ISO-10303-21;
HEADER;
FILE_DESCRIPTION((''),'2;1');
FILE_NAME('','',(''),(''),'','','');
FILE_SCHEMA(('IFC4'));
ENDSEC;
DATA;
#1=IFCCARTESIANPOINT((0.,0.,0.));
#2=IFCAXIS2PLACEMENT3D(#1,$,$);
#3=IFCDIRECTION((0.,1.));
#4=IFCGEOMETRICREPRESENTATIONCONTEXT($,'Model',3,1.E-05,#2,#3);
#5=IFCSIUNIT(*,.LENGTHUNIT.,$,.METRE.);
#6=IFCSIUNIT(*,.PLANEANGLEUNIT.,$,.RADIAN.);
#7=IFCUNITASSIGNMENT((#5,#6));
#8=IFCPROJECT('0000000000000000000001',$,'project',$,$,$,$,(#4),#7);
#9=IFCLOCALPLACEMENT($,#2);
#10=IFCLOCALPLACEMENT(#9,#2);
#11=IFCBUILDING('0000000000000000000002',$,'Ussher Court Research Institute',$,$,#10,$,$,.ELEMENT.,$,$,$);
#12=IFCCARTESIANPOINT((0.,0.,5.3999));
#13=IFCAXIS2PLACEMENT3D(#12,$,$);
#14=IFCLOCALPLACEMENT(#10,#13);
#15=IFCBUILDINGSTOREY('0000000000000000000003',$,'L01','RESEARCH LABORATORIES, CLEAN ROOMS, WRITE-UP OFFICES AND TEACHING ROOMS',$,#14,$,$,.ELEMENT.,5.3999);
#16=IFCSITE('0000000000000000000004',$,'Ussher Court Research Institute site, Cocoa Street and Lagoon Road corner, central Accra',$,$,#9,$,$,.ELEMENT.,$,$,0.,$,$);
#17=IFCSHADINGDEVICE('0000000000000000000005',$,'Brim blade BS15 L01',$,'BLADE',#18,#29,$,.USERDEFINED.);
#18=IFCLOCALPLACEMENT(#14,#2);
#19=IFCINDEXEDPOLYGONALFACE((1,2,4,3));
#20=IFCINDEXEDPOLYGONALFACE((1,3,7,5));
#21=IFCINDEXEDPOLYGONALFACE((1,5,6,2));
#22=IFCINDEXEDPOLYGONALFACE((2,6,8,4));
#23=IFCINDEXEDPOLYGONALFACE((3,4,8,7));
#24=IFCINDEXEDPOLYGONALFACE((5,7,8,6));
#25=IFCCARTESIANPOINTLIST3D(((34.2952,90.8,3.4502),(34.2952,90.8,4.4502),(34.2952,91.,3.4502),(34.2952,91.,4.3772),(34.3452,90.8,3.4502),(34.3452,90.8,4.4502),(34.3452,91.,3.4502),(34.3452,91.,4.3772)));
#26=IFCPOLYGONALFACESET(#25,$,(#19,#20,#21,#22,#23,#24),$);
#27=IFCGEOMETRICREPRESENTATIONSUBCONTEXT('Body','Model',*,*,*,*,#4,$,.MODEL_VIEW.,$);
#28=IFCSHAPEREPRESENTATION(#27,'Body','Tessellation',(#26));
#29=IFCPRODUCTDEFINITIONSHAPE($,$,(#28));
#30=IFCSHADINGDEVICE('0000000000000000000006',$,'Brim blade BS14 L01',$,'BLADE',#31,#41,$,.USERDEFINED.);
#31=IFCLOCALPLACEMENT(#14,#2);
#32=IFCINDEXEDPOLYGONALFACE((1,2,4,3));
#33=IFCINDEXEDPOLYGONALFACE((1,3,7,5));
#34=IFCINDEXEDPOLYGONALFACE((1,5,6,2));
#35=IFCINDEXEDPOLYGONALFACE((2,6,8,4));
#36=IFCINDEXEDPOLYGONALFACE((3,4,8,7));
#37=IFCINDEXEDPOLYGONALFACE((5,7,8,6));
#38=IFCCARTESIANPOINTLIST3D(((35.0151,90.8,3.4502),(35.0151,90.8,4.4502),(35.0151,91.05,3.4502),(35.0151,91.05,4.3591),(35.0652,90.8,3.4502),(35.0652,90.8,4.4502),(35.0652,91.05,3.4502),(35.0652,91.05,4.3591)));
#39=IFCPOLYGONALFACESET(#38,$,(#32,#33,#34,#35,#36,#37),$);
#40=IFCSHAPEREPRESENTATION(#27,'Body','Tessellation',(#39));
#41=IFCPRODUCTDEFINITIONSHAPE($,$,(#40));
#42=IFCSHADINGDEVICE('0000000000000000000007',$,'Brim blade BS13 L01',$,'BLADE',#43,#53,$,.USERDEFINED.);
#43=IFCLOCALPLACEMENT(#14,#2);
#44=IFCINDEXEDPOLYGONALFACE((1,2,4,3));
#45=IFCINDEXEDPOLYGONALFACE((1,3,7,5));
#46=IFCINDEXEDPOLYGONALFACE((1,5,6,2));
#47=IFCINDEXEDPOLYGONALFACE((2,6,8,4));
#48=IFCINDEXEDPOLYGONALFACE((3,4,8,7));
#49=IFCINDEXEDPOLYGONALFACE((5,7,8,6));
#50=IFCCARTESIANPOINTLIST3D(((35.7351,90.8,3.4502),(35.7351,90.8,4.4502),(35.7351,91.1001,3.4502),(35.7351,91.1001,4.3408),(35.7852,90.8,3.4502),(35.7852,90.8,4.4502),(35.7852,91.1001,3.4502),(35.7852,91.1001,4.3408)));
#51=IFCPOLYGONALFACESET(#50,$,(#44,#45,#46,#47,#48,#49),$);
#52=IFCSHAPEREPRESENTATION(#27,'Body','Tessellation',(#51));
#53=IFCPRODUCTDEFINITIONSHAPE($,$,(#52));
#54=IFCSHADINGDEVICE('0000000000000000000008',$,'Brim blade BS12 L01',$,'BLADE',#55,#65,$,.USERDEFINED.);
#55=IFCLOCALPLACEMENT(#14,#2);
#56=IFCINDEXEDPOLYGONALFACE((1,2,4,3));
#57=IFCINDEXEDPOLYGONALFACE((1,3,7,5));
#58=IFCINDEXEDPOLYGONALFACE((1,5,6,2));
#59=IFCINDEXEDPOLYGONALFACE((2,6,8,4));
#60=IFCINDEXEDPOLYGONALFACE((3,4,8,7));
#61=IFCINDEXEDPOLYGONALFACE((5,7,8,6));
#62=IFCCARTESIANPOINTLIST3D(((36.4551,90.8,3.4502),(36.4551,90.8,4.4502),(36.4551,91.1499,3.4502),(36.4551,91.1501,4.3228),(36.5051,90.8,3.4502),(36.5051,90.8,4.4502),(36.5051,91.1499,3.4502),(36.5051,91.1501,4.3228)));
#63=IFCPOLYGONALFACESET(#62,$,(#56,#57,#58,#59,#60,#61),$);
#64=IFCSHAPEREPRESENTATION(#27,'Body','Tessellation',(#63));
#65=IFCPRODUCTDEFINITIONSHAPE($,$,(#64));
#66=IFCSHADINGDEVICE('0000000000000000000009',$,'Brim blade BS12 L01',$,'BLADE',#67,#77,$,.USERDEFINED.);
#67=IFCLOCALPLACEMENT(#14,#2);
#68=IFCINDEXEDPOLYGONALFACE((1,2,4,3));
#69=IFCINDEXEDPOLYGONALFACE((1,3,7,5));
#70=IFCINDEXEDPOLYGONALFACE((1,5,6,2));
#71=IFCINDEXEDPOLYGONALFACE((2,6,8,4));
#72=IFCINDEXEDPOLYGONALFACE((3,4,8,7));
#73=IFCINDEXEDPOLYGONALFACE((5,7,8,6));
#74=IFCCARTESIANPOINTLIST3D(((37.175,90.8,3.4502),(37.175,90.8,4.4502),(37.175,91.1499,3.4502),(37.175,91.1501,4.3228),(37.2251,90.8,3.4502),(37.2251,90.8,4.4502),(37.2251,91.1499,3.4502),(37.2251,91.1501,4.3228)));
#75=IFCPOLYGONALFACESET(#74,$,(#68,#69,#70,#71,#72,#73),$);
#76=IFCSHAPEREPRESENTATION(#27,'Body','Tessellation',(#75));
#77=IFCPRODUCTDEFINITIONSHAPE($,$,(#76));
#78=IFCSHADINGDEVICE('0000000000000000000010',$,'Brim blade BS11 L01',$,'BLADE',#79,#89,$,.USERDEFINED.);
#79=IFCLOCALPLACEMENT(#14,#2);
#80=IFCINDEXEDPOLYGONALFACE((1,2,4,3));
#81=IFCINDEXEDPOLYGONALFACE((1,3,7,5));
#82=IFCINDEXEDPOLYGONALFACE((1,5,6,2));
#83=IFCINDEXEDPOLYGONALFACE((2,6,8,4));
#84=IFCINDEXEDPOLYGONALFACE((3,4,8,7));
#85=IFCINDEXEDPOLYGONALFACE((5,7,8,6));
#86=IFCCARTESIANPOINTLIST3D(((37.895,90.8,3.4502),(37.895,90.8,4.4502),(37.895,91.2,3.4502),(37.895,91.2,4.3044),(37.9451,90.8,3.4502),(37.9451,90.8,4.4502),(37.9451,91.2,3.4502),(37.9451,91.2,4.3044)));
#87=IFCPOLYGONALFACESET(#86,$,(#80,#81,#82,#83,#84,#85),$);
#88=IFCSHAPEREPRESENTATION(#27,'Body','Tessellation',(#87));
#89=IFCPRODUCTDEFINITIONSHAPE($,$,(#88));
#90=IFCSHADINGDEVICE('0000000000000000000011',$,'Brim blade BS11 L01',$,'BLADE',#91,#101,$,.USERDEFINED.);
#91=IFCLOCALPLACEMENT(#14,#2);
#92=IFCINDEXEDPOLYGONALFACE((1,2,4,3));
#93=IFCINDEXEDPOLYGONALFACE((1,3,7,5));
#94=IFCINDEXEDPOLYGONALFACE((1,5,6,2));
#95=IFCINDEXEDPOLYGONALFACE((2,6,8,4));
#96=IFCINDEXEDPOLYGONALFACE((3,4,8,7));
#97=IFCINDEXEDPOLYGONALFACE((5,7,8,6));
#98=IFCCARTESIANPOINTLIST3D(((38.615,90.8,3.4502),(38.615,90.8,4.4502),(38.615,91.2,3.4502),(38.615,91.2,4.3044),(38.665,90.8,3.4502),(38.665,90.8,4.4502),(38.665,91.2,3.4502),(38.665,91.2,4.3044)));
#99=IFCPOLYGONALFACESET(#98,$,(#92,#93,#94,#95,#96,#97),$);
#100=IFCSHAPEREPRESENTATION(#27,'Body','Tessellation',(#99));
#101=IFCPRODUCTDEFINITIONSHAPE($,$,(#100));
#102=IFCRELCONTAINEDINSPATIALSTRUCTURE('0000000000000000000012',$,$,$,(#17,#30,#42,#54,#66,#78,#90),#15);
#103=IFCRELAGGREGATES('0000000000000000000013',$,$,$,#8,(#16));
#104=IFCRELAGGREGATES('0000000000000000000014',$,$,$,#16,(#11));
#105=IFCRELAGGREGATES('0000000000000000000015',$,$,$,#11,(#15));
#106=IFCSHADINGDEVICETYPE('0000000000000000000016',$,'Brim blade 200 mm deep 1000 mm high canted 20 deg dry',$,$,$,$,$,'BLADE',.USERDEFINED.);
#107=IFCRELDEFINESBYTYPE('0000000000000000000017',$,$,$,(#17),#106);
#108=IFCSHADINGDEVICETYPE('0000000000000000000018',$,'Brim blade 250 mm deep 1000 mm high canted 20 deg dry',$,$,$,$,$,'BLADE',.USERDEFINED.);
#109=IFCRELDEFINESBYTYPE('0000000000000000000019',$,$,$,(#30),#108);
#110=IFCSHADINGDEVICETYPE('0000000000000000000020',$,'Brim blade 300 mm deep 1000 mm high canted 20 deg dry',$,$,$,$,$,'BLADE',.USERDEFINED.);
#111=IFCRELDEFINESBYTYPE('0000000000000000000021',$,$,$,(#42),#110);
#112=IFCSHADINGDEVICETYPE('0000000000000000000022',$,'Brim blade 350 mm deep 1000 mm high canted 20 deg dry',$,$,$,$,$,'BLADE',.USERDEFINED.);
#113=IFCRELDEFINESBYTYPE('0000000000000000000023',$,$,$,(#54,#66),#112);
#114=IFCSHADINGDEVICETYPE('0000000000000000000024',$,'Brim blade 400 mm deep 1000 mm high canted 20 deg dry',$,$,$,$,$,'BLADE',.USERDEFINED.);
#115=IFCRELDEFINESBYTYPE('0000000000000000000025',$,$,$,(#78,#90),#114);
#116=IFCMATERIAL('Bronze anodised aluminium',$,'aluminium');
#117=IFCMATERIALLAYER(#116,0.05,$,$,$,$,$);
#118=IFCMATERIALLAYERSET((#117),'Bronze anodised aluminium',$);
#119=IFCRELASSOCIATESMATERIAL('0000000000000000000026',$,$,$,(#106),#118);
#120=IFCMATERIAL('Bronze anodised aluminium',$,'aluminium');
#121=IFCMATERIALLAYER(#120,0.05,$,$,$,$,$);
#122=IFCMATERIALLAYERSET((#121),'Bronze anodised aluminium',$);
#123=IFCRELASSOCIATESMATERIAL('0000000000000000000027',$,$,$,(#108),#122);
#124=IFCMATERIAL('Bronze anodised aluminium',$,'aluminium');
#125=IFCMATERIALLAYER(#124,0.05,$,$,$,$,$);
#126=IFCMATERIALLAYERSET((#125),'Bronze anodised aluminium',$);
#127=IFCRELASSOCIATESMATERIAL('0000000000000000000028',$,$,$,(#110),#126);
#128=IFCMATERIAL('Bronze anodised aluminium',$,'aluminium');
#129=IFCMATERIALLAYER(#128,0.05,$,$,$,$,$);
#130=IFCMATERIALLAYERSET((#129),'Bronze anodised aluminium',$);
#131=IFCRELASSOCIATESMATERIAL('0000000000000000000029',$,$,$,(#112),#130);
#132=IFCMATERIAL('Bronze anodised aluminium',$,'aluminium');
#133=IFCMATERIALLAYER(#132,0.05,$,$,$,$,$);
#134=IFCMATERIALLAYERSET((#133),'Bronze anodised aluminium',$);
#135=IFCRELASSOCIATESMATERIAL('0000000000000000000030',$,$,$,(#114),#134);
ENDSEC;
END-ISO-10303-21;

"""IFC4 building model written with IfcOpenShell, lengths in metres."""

from ifc_helpers import new_model, si_unit, direction, frame, origin, place, context, subcontext, project, spatial, polyline, outline, extrude, material, layer, layer_set, type_object, element, save


model = new_model("IFC4")

# Units and contexts
model_context = context("Model", 3, precision=1e-05, world=origin(), true_north=direction((0.0, 1.0)))
body_context = subcontext(model_context, "Body", "Model", "MODEL_VIEW")
ifc_project = project(units=[si_unit("LENGTHUNIT", "METRE"), si_unit("PLANEANGLEUNIT", "RADIAN")], contexts=[model_context])

# Site, building, storey
site_placement = place(None, origin())
site = spatial("IfcSite", under=ifc_project, at=site_placement, Name="Ussher Court Research Institute site, Cocoa Street and Lagoon Road corner, central Accra", CompositionType="ELEMENT", RefElevation=0.0)
building_placement = place(site_placement, origin())
building = spatial("IfcBuilding", under=site, at=building_placement, Name="Ussher Court Research Institute", CompositionType="ELEMENT")
storey_placement = place(building_placement, frame((0.0, 0.0, 5.3999)))
storey = spatial("IfcBuildingStorey", under=building, at=storey_placement, Name="L01", Description="RESEARCH LABORATORIES, CLEAN ROOMS, WRITE-UP OFFICES AND TEACHING ROOMS", CompositionType="ELEMENT", Elevation=5.3999)

# Shading devices
ifc_material_1 = material(Name="Bronze anodised aluminium", Category="aluminium")
ifc_layer_1 = layer(ifc_material_1, 0.05)
ifc_layer_set_1 = layer_set([ifc_layer_1], Name="Bronze anodised aluminium")
shading_device_type_1 = type_object("IfcShadingDeviceType", Name="Brim blade 200 mm deep 1000 mm high canted 20 deg dry", ElementType="BLADE", PredefinedType="USERDEFINED", material=ifc_layer_set_1)
shading_device_1_placement = place(storey_placement, frame((34.3201, 90.8, 3.4502), z_axis=(0.0, 0.0, 1.0), x_axis=(0.0, 1.0, 0.0)))
element("IfcShadingDevice", 1, at=shading_device_1_placement, inside=storey, type_object=shading_device_type_1, Name="Brim blade BS15 L01", ObjectType="BLADE", PredefinedType="USERDEFINED", context=body_context, shape_type="SweptSolid", body=[
    extrude(outline(polyline([(0.0, 0.0), (0.2, 0.0), (0.2, 0.927), (0.0, 1.0), (0.0, 0.0)])), frame((0.0, 0.0249, 0.0), z_axis=(0.0, -1.0, 0.0), x_axis=(1.0, 0.0, 0.0)), (0.0, 0.0, 1.0), 0.05),
])
ifc_material_2 = material(Name="Bronze anodised aluminium", Category="aluminium")
ifc_layer_2 = layer(ifc_material_2, 0.05)
ifc_layer_set_2 = layer_set([ifc_layer_2], Name="Bronze anodised aluminium")
shading_device_type_2 = type_object("IfcShadingDeviceType", Name="Brim blade 250 mm deep 1000 mm high canted 20 deg dry", ElementType="BLADE", PredefinedType="USERDEFINED", material=ifc_layer_set_2)
shading_device_2_placement = place(storey_placement, frame((35.04, 90.8, 3.4502), z_axis=(0.0, 0.0, 1.0), x_axis=(0.0, 1.0, 0.0)))
element("IfcShadingDevice", 2, at=shading_device_2_placement, inside=storey, type_object=shading_device_type_2, Name="Brim blade BS14 L01", ObjectType="BLADE", PredefinedType="USERDEFINED", context=body_context, shape_type="SweptSolid", body=[
    extrude(outline(polyline([(0.0, 0.0), (0.25, 0.0), (0.25, 0.9089), (0.0, 1.0), (0.0, 0.0)])), frame((0.0, 0.0249, 0.0), z_axis=(0.0, -1.0, 0.0), x_axis=(1.0, 0.0, 0.0)), (0.0, 0.0, 1.0), 0.05),
])
ifc_material_3 = material(Name="Bronze anodised aluminium", Category="aluminium")
ifc_layer_3 = layer(ifc_material_3, 0.05)
ifc_layer_set_3 = layer_set([ifc_layer_3], Name="Bronze anodised aluminium")
shading_device_type_3 = type_object("IfcShadingDeviceType", Name="Brim blade 300 mm deep 1000 mm high canted 20 deg dry", ElementType="BLADE", PredefinedType="USERDEFINED", material=ifc_layer_set_3)
shading_device_3_placement = place(storey_placement, frame((35.76, 90.8, 3.4502), z_axis=(0.0, 0.0, 1.0), x_axis=(0.0, 1.0, 0.0)))
element("IfcShadingDevice", 3, at=shading_device_3_placement, inside=storey, type_object=shading_device_type_3, Name="Brim blade BS13 L01", ObjectType="BLADE", PredefinedType="USERDEFINED", context=body_context, shape_type="SweptSolid", body=[
    extrude(outline(polyline([(0.0, 0.0), (0.3, 0.0), (0.3, 0.8906), (0.0, 1.0), (0.0, 0.0)])), frame((0.0, 0.0249, 0.0), z_axis=(0.0, -1.0, 0.0), x_axis=(1.0, 0.0, 0.0)), (0.0, 0.0, 1.0), 0.05),
])
ifc_material_4 = material(Name="Bronze anodised aluminium", Category="aluminium")
ifc_layer_4 = layer(ifc_material_4, 0.05)
ifc_layer_set_4 = layer_set([ifc_layer_4], Name="Bronze anodised aluminium")
shading_device_type_4 = type_object("IfcShadingDeviceType", Name="Brim blade 350 mm deep 1000 mm high canted 20 deg dry", ElementType="BLADE", PredefinedType="USERDEFINED", material=ifc_layer_set_4)
for number, where, z_axis, x_axis, name in (
    (4, (36.48, 90.8, 3.4502), (0.0, 0.0, 1.0), (0.0, 1.0, 0.0), "Brim blade BS12 L01"),
    (5, (37.2, 90.8, 3.4502), (0.0, 0.0, 1.0), (0.0, 1.0, 0.0), "Brim blade BS12 L01"),
):
    element("IfcShadingDevice", number, at=place(storey_placement, frame(where, z_axis=z_axis, x_axis=x_axis)), inside=storey, type_object=shading_device_type_4, Name=name, ObjectType="BLADE", PredefinedType="USERDEFINED", context=body_context, shape_type="SweptSolid", body=[
        extrude(outline(polyline([(0.0, 0.0), (0.3499, 0.0), (0.3501, 0.8726), (0.0, 1.0), (0.0, 0.0)])), frame((0.0, 0.0249, 0.0), z_axis=(0.0, -1.0, 0.0), x_axis=(1.0, 0.0, 0.0)), (0.0, 0.0, 1.0), 0.05),
    ])
ifc_material_5 = material(Name="Bronze anodised aluminium", Category="aluminium")
ifc_layer_5 = layer(ifc_material_5, 0.05)
ifc_layer_set_5 = layer_set([ifc_layer_5], Name="Bronze anodised aluminium")
shading_device_type_5 = type_object("IfcShadingDeviceType", Name="Brim blade 400 mm deep 1000 mm high canted 20 deg dry", ElementType="BLADE", PredefinedType="USERDEFINED", material=ifc_layer_set_5)
for number, where, z_axis, x_axis, name in (
    (6, (37.9199, 90.8, 3.4502), (0.0, 0.0, 1.0), (0.0, 1.0, 0.0), "Brim blade BS11 L01"),
    (7, (38.6399, 90.8, 3.4502), (0.0, 0.0, 1.0), (0.0, 1.0, 0.0), "Brim blade BS11 L01"),
):
    element("IfcShadingDevice", number, at=place(storey_placement, frame(where, z_axis=z_axis, x_axis=x_axis)), inside=storey, type_object=shading_device_type_5, Name=name, ObjectType="BLADE", PredefinedType="USERDEFINED", context=body_context, shape_type="SweptSolid", body=[
        extrude(outline(polyline([(0.0, 0.0), (0.3999, 0.0), (0.3999, 0.8542), (0.0, 1.0), (0.0, 0.0)])), frame((0.0, 0.0249, 0.0), z_axis=(0.0, -1.0, 0.0), x_axis=(1.0, 0.0, 0.0)), (0.0, 0.0, 1.0), 0.05),
    ])

save(model, "model.ifc")
